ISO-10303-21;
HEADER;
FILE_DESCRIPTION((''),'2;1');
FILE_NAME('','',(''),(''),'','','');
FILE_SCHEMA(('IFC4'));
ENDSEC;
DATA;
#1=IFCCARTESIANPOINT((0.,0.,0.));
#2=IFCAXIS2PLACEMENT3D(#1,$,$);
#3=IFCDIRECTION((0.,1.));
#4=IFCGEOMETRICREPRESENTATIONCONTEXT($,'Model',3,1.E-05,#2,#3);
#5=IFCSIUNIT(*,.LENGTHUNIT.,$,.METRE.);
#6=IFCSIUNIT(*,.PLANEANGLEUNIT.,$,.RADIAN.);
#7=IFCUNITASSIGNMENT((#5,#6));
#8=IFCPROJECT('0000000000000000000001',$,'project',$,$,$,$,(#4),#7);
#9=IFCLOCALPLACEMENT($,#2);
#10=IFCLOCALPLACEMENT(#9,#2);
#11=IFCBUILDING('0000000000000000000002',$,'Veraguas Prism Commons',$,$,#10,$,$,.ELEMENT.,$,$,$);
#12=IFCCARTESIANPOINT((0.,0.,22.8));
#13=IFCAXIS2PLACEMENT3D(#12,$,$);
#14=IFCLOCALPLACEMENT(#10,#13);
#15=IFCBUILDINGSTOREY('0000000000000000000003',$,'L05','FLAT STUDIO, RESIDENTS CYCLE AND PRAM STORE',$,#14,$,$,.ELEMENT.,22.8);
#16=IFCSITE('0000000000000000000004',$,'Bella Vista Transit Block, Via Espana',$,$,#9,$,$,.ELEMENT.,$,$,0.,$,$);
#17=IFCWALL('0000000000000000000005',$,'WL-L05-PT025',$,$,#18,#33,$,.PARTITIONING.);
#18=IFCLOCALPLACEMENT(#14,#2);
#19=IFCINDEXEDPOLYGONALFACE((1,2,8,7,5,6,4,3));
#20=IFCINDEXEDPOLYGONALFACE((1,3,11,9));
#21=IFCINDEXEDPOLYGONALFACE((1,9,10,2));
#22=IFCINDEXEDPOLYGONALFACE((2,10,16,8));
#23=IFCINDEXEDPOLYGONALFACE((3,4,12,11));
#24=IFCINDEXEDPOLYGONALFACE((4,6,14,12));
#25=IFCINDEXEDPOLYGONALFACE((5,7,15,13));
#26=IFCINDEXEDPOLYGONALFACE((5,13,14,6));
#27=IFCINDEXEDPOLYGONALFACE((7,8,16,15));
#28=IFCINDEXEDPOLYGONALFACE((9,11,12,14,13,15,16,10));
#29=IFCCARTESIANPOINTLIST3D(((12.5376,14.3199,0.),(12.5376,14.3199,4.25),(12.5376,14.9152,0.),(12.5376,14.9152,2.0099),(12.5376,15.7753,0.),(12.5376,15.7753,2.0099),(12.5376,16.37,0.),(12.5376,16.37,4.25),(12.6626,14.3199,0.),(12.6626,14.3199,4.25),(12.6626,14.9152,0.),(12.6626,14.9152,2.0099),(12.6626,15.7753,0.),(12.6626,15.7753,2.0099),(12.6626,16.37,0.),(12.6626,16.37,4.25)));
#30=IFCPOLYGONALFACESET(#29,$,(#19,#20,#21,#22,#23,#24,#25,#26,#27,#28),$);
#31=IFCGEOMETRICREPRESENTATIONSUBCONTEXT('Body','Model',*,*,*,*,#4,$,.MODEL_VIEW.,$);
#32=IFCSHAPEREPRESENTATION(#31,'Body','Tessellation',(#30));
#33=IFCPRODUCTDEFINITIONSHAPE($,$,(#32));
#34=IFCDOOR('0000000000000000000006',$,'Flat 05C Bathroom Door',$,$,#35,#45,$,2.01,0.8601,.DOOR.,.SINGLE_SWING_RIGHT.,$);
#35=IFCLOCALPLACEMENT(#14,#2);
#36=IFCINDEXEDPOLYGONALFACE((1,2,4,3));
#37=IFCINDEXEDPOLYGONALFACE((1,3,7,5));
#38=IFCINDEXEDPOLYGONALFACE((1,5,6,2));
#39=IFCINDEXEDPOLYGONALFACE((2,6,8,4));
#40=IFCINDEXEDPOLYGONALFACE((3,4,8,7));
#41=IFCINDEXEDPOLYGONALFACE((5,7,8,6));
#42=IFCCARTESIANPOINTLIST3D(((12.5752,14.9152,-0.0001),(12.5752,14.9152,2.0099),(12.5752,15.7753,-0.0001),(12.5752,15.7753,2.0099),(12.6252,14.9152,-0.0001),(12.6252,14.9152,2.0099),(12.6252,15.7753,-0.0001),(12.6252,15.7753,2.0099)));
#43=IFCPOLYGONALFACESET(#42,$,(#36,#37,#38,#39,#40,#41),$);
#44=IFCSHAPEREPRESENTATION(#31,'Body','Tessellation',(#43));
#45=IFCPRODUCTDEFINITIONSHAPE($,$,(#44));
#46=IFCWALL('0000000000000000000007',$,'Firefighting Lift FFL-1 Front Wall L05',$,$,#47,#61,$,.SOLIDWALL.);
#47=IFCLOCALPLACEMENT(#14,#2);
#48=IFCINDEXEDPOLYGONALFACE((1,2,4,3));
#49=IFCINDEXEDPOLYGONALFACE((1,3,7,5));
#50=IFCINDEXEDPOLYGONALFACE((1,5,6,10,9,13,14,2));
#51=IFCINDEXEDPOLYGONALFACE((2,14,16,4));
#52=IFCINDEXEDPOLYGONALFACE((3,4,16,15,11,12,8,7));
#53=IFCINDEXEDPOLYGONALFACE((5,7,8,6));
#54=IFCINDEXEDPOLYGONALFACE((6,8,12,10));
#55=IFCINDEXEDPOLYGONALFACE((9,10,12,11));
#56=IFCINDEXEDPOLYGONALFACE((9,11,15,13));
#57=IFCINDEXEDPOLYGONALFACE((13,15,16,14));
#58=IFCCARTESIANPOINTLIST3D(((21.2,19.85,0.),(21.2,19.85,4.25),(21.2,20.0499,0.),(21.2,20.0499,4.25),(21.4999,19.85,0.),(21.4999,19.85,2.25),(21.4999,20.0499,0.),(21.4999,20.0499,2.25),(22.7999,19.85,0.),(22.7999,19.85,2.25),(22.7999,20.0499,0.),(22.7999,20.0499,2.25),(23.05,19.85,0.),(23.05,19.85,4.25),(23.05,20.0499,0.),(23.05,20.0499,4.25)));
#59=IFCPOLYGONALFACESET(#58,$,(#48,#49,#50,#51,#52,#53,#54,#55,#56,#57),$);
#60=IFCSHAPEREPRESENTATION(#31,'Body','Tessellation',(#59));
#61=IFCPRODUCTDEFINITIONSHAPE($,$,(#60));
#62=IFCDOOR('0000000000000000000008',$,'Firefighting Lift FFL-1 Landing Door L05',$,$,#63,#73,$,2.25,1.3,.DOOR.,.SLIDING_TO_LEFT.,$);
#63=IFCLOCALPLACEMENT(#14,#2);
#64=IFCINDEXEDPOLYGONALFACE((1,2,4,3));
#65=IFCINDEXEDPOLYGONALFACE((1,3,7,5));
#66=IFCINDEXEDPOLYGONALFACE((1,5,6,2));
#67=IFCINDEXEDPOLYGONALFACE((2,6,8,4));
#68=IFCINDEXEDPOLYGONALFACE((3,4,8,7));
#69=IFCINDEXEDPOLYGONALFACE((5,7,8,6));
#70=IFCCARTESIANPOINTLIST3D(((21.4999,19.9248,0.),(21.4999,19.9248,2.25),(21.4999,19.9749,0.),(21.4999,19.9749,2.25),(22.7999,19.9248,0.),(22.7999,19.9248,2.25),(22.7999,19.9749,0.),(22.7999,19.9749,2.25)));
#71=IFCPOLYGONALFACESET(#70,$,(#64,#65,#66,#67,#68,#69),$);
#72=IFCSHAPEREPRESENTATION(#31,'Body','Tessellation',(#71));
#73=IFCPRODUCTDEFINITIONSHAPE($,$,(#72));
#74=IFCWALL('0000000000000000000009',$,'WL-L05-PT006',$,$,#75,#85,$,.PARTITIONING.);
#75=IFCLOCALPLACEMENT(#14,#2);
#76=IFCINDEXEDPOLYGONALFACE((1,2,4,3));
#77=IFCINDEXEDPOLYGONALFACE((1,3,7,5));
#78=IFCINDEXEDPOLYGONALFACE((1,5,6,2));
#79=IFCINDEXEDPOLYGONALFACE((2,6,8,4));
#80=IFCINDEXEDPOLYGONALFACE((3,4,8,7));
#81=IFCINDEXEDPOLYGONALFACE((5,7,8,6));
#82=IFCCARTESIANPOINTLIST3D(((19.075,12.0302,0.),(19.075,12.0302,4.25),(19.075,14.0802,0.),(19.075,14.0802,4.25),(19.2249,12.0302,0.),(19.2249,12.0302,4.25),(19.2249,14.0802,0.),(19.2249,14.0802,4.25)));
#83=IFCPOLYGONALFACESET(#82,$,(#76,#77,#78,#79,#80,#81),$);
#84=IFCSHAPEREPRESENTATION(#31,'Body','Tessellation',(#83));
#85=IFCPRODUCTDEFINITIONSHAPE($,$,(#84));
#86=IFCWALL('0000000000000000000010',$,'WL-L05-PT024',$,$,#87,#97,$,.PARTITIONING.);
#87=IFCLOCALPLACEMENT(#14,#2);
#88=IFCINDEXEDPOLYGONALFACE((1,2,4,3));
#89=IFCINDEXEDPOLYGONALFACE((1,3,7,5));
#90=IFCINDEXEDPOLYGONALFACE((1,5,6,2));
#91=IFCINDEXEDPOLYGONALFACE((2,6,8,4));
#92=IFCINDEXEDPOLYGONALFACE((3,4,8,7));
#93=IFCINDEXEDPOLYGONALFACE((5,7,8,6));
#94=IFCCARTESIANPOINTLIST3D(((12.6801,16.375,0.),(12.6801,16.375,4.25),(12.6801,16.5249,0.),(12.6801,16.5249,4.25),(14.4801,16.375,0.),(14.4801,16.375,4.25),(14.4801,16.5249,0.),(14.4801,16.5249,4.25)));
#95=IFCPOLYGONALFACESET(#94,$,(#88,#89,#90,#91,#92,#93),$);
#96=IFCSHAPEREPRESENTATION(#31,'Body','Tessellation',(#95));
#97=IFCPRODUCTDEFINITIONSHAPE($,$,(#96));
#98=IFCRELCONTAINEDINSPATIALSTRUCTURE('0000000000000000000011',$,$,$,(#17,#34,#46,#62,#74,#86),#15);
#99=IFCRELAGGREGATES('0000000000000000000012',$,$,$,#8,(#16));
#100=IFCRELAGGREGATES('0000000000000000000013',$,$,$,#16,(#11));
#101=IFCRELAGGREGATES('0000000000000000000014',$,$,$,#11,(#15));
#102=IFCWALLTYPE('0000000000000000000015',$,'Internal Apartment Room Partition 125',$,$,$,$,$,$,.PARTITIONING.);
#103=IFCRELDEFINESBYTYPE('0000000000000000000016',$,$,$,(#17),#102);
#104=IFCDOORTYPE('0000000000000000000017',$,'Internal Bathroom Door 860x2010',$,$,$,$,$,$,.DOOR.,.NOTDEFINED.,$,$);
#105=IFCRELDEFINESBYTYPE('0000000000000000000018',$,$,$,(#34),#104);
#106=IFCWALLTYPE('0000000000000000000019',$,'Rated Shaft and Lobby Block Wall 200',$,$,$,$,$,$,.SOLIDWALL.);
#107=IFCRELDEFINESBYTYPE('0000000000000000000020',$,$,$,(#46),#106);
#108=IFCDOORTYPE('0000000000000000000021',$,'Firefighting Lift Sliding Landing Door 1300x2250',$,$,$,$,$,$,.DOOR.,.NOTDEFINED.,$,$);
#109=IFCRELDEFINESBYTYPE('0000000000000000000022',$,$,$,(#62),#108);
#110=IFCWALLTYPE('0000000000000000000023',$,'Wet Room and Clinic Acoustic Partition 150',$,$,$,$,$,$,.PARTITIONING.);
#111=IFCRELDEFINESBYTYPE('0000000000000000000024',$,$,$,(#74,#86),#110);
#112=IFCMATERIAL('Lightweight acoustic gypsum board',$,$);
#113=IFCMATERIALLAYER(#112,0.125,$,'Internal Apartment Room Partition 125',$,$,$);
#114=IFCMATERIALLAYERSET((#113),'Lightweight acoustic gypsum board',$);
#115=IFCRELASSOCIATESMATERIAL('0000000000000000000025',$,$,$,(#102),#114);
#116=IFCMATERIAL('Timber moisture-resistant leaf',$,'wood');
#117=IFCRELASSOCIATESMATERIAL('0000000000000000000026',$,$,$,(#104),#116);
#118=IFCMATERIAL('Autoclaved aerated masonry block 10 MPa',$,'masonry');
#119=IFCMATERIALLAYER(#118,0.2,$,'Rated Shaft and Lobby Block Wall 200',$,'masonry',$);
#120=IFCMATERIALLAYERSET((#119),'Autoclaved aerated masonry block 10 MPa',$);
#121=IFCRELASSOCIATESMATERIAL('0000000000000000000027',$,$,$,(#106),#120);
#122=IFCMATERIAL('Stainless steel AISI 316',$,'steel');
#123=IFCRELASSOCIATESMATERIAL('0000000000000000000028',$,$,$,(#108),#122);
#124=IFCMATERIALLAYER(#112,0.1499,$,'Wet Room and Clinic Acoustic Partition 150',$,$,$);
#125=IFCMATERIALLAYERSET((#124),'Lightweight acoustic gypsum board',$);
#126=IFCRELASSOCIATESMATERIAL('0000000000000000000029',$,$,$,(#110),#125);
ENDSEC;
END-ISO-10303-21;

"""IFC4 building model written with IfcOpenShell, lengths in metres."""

from ifc_helpers import new_model, si_unit, direction, frame, frame_2d, origin, place, context, subcontext, project, spatial, rectangle, extrude, source, transform, mapped, material, layer, layer_set, type_object, element, fill, save


model = new_model("IFC4")

# Units and contexts
model_context = context("Model", 3, precision=1e-05, world=origin(), true_north=direction((0.0, 1.0)))
body_context = subcontext(model_context, "Body", "Model", "MODEL_VIEW")
ifc_project = project(units=[si_unit("LENGTHUNIT", "METRE"), si_unit("PLANEANGLEUNIT", "RADIAN")], contexts=[model_context])

# Site, building, storey
site_placement = place(None, origin())
site = spatial("IfcSite", under=ifc_project, at=site_placement, Name="Bella Vista Transit Block, Via Espana", CompositionType="ELEMENT", RefElevation=0.0)
building_placement = place(site_placement, origin())
building = spatial("IfcBuilding", under=site, at=building_placement, Name="Veraguas Prism Commons", CompositionType="ELEMENT")
storey_placement = place(building_placement, frame((0.0, 0.0, 22.8)))
storey = spatial("IfcBuildingStorey", under=building, at=storey_placement, Name="L05", Description="FLAT STUDIO, RESIDENTS CYCLE AND PRAM STORE", CompositionType="ELEMENT", Elevation=22.8)

# Shared definitions
ifc_material_1 = material(Name="Autoclaved aerated masonry block 10 MPa", Category="masonry")

# Walls, openings, doors
ifc_material_2 = material(Name="Lightweight acoustic gypsum board")
ifc_layer_1 = layer(ifc_material_2, 0.125, Name="Internal Apartment Room Partition 125")
ifc_layer_set_1 = layer_set([ifc_layer_1], Name="Lightweight acoustic gypsum board")
wall_type_1 = type_object("IfcWallType", Name="Internal Apartment Room Partition 125", PredefinedType="PARTITIONING", material=ifc_layer_set_1)
ifc_material_3 = material(Name="Timber moisture-resistant leaf", Category="wood")
door_type_1 = type_object("IfcDoorType", Name="Internal Bathroom Door 860x2010", OperationType="NOTDEFINED", PredefinedType="DOOR", material=ifc_material_3)
shared_shape_1 = source(origin(), body_context, "Body", "SweptSolid", [
    extrude(rectangle(XDim=0.8601, YDim=2.01, at=frame_2d((0.4302, 1.0049))), frame((0.0, 0.0249, 0.0), z_axis=(0.0, -1.0, 0.0), x_axis=(1.0, 0.0, 0.0)), (0.0, 0.0, 1.0), 0.05),
])
wall_1_placement = place(storey_placement, frame((12.6001, 14.3201, 0.0), z_axis=(0.0, 0.0, 1.0), x_axis=(0.0, 1.0, 0.0)))
wall_1 = element("IfcWall", 1, at=wall_1_placement, inside=storey, type_object=wall_type_1, Name="WL-L05-PT025", PredefinedType="PARTITIONING", context=body_context, shape_type="SweptSolid", body=[
    extrude(rectangle(XDim=2.05, YDim=0.125, at=frame_2d((1.0249, 0.0))), origin(), (0.0, 0.0, 1.0), 4.25),
])
opening_1_placement = place(wall_1_placement, frame((0.595, 0.0, 0.0)))
opening_1 = element("IfcOpeningElement", 2, at=opening_1_placement, cuts=wall_1, PredefinedType="OPENING", context=body_context, shape_type="SweptSolid", body=[
    extrude(rectangle(XDim=0.8601, YDim=2.01, at=frame_2d((0.4302, 1.0049))), frame((0.0, 0.0725, 0.0), z_axis=(0.0, -1.0, 0.0), x_axis=(1.0, 0.0, 0.0)), (0.0, 0.0, 1.0), 0.145),
])
door_1_placement = place(opening_1_placement, origin())
door_1 = element("IfcDoor", 3, at=door_1_placement, inside=storey, type_object=door_type_1, Name="Flat 05C Bathroom Door", OperationType="SINGLE_SWING_RIGHT", OverallHeight=2.01, OverallWidth=0.8601, PredefinedType="DOOR", context=body_context, shape_type="MappedRepresentation", body=[
    mapped(shared_shape_1, transform((0.0, 0.0, 0.0), scale=1.0)),
])
fill(opening_1, door_1)
ifc_layer_2 = layer(ifc_material_1, 0.2, Name="Rated Shaft and Lobby Block Wall 200", Category="masonry")
ifc_layer_set_2 = layer_set([ifc_layer_2], Name="Autoclaved aerated masonry block 10 MPa")
wall_type_2 = type_object("IfcWallType", Name="Rated Shaft and Lobby Block Wall 200", PredefinedType="SOLIDWALL", material=ifc_layer_set_2)
wall_2_placement = place(storey_placement, frame((21.2, 19.95, 0.0), z_axis=(0.0, 0.0, 1.0), x_axis=(1.0, 0.0, 0.0)))
wall_2 = element("IfcWall", 4, at=wall_2_placement, inside=storey, type_object=wall_type_2, Name="Firefighting Lift FFL-1 Front Wall L05", PredefinedType="SOLIDWALL", context=body_context, shape_type="SweptSolid", body=[
    extrude(rectangle(XDim=1.8501, YDim=0.2, at=frame_2d((0.925, 0.0))), origin(), (0.0, 0.0, 1.0), 4.25),
])
opening_2_placement = place(wall_2_placement, frame((0.3, 0.0, 0.0)))
opening_2 = element("IfcOpeningElement", 5, at=opening_2_placement, cuts=wall_2, PredefinedType="OPENING", context=body_context, shape_type="SweptSolid", body=[
    extrude(rectangle(XDim=1.3, YDim=2.25, at=frame_2d((0.6499, 1.125))), frame((0.0, 0.1099, 0.0), z_axis=(0.0, -1.0, 0.0), x_axis=(1.0, 0.0, 0.0)), (0.0, 0.0, 1.0), 0.22),
])
ifc_material_4 = material(Name="Stainless steel AISI 316", Category="steel")
door_type_2 = type_object("IfcDoorType", Name="Firefighting Lift Sliding Landing Door 1300x2250", OperationType="NOTDEFINED", PredefinedType="DOOR", material=ifc_material_4)
shared_shape_2 = source(origin(), body_context, "Body", "SweptSolid", [
    extrude(rectangle(XDim=1.3, YDim=2.25, at=frame_2d((0.6499, 1.125))), frame((0.0, 0.0249, 0.0), z_axis=(0.0, -1.0, 0.0), x_axis=(1.0, 0.0, 0.0)), (0.0, 0.0, 1.0), 0.05),
])
door_2_placement = place(opening_2_placement, origin())
door_2 = element("IfcDoor", 6, at=door_2_placement, inside=storey, type_object=door_type_2, Name="Firefighting Lift FFL-1 Landing Door L05", OperationType="SLIDING_TO_LEFT", OverallHeight=2.25, OverallWidth=1.3, PredefinedType="DOOR", context=body_context, shape_type="MappedRepresentation", body=[
    mapped(shared_shape_2, transform((0.0, 0.0, 0.0), scale=1.0)),
])
fill(opening_2, door_2)

# Walls
ifc_layer_3 = layer(ifc_material_2, 0.1499, Name="Wet Room and Clinic Acoustic Partition 150")
ifc_layer_set_3 = layer_set([ifc_layer_3], Name="Lightweight acoustic gypsum board")
wall_type_3 = type_object("IfcWallType", Name="Wet Room and Clinic Acoustic Partition 150", PredefinedType="PARTITIONING", material=ifc_layer_set_3)
wall_3_placement = place(storey_placement, frame((19.1499, 14.0801, 0.0), z_axis=(0.0, 0.0, 1.0), x_axis=(0.0, -1.0, 0.0)))
element("IfcWall", 7, at=wall_3_placement, inside=storey, type_object=wall_type_3, Name="WL-L05-PT006", PredefinedType="PARTITIONING", context=body_context, shape_type="SweptSolid", body=[
    extrude(rectangle(XDim=2.05, YDim=0.1499, at=frame_2d((1.0249, 0.0))), origin(), (0.0, 0.0, 1.0), 4.25),
])
wall_4_placement = place(storey_placement, frame((14.48, 16.45, 0.0), z_axis=(0.0, 0.0, 1.0), x_axis=(-1.0, 0.0, 0.0)))
element("IfcWall", 8, at=wall_4_placement, inside=storey, type_object=wall_type_3, Name="WL-L05-PT024", PredefinedType="PARTITIONING", context=body_context, shape_type="SweptSolid", body=[
    extrude(rectangle(XDim=1.8, YDim=0.1499, at=frame_2d((0.8999, 0.0))), origin(), (0.0, 0.0, 1.0), 4.25),
])

save(model, "model.ifc")
